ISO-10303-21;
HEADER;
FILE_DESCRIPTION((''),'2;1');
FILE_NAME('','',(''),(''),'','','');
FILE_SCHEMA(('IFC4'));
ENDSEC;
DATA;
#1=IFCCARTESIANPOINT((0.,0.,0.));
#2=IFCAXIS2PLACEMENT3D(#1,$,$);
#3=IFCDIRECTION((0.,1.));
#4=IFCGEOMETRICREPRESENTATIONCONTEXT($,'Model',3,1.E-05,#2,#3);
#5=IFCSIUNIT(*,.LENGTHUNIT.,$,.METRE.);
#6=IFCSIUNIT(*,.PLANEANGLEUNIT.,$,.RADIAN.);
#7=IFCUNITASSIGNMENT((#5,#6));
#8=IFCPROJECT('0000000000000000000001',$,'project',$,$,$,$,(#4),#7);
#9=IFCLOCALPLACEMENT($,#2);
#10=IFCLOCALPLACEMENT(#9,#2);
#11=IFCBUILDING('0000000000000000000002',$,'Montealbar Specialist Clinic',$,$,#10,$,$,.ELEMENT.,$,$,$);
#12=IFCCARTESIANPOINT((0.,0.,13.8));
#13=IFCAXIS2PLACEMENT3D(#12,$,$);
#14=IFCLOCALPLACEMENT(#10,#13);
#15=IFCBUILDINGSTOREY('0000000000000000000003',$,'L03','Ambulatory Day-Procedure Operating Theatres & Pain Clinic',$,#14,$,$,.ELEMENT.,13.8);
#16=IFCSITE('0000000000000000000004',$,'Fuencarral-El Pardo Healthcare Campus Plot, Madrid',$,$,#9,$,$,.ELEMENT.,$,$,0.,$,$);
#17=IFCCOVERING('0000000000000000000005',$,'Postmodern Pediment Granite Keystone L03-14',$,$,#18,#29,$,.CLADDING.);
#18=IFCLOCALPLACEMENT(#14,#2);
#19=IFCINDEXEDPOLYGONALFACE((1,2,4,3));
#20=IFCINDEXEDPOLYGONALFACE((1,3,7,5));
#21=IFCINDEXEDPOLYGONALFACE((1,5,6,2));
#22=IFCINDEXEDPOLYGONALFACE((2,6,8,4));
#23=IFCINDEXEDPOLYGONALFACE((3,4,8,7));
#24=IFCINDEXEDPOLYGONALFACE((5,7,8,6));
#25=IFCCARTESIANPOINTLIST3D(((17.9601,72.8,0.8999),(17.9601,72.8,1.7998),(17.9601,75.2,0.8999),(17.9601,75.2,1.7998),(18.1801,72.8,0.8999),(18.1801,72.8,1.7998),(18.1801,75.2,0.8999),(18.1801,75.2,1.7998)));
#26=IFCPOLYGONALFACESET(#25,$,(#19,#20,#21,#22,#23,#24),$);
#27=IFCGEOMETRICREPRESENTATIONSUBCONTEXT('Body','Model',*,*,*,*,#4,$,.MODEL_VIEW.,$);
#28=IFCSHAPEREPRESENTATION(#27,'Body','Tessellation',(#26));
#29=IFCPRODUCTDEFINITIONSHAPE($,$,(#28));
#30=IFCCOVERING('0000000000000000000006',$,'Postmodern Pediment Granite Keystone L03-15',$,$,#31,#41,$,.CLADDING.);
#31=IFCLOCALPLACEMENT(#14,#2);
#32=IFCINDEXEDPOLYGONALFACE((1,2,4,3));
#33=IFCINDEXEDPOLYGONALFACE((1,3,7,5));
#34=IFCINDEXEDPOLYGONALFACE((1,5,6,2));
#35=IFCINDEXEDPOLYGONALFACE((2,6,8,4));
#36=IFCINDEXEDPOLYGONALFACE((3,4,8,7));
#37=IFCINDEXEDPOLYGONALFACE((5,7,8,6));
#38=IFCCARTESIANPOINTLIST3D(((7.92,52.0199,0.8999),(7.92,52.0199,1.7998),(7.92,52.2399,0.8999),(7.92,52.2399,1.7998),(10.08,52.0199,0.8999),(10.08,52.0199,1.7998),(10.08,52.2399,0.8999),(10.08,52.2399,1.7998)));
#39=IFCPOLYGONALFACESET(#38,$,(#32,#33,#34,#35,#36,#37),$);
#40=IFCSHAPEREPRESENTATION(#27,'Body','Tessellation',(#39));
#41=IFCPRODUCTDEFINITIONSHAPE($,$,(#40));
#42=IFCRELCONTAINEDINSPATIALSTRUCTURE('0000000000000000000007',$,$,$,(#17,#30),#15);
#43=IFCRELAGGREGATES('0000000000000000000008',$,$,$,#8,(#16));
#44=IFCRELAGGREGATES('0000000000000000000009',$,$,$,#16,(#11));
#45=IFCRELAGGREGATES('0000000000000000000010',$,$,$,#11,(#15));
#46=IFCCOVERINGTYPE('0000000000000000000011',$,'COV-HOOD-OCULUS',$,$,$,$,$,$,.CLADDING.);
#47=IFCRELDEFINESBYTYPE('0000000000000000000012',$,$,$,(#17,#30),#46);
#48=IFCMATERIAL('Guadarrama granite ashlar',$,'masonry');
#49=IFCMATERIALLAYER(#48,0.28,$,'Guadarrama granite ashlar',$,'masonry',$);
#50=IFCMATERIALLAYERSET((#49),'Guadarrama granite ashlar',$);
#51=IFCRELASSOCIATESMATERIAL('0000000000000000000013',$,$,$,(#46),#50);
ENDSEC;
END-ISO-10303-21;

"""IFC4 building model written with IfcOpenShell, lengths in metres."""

from ifc_helpers import new_model, si_unit, direction, frame, origin, origin_2d, place, context, subcontext, project, spatial, rectangle, extrude, material, layer, layer_set, type_object, element, save


model = new_model("IFC4")

# Units and contexts
model_context = context("Model", 3, precision=1e-05, world=origin(), true_north=direction((0.0, 1.0)))
body_context = subcontext(model_context, "Body", "Model", "MODEL_VIEW")
ifc_project = project(units=[si_unit("LENGTHUNIT", "METRE"), si_unit("PLANEANGLEUNIT", "RADIAN")], contexts=[model_context])

# Site, building, storey
site_placement = place(None, origin())
site = spatial("IfcSite", under=ifc_project, at=site_placement, Name="Fuencarral-El Pardo Healthcare Campus Plot, Madrid", CompositionType="ELEMENT", RefElevation=0.0)
building_placement = place(site_placement, origin())
building = spatial("IfcBuilding", under=site, at=building_placement, Name="Montealbar Specialist Clinic", CompositionType="ELEMENT")
storey_placement = place(building_placement, frame((0.0, 0.0, 13.8)))
storey = spatial("IfcBuildingStorey", under=building, at=storey_placement, Name="L03", Description="Ambulatory Day-Procedure Operating Theatres & Pain Clinic", CompositionType="ELEMENT", Elevation=13.8)

# Coverings
ifc_material_1 = material(Name="Guadarrama granite ashlar", Category="masonry")
ifc_layer_1 = layer(ifc_material_1, 0.28, Name="Guadarrama granite ashlar", Category="masonry")
ifc_layer_set_1 = layer_set([ifc_layer_1], Name="Guadarrama granite ashlar")
covering_type_1 = type_object("IfcCoveringType", Name="COV-HOOD-OCULUS", PredefinedType="CLADDING", material=ifc_layer_set_1)
covering_1_placement = place(storey_placement, frame((18.0701, 74.0, 0.8999), z_axis=(0.0, 0.0, 1.0), x_axis=(0.0, -1.0, 0.0)))
element("IfcCovering", 1, at=covering_1_placement, inside=storey, type_object=covering_type_1, Name="Postmodern Pediment Granite Keystone L03-14", PredefinedType="CLADDING", context=body_context, shape_type="SweptSolid", body=[
    extrude(rectangle(XDim=2.3999, YDim=0.22, at=origin_2d()), origin(), (0.0, 0.0, 1.0), 0.8999),
])
covering_2_placement = place(storey_placement, frame((9.0, 52.1299, 0.8999), z_axis=(0.0, 0.0, 1.0), x_axis=(-1.0, 0.0, 0.0)))
element("IfcCovering", 2, at=covering_2_placement, inside=storey, type_object=covering_type_1, Name="Postmodern Pediment Granite Keystone L03-15", PredefinedType="CLADDING", context=body_context, shape_type="SweptSolid", body=[
    extrude(rectangle(XDim=2.1599, YDim=0.22, at=origin_2d()), origin(), (0.0, 0.0, 1.0), 0.8999),
])

save(model, "model.ifc")
